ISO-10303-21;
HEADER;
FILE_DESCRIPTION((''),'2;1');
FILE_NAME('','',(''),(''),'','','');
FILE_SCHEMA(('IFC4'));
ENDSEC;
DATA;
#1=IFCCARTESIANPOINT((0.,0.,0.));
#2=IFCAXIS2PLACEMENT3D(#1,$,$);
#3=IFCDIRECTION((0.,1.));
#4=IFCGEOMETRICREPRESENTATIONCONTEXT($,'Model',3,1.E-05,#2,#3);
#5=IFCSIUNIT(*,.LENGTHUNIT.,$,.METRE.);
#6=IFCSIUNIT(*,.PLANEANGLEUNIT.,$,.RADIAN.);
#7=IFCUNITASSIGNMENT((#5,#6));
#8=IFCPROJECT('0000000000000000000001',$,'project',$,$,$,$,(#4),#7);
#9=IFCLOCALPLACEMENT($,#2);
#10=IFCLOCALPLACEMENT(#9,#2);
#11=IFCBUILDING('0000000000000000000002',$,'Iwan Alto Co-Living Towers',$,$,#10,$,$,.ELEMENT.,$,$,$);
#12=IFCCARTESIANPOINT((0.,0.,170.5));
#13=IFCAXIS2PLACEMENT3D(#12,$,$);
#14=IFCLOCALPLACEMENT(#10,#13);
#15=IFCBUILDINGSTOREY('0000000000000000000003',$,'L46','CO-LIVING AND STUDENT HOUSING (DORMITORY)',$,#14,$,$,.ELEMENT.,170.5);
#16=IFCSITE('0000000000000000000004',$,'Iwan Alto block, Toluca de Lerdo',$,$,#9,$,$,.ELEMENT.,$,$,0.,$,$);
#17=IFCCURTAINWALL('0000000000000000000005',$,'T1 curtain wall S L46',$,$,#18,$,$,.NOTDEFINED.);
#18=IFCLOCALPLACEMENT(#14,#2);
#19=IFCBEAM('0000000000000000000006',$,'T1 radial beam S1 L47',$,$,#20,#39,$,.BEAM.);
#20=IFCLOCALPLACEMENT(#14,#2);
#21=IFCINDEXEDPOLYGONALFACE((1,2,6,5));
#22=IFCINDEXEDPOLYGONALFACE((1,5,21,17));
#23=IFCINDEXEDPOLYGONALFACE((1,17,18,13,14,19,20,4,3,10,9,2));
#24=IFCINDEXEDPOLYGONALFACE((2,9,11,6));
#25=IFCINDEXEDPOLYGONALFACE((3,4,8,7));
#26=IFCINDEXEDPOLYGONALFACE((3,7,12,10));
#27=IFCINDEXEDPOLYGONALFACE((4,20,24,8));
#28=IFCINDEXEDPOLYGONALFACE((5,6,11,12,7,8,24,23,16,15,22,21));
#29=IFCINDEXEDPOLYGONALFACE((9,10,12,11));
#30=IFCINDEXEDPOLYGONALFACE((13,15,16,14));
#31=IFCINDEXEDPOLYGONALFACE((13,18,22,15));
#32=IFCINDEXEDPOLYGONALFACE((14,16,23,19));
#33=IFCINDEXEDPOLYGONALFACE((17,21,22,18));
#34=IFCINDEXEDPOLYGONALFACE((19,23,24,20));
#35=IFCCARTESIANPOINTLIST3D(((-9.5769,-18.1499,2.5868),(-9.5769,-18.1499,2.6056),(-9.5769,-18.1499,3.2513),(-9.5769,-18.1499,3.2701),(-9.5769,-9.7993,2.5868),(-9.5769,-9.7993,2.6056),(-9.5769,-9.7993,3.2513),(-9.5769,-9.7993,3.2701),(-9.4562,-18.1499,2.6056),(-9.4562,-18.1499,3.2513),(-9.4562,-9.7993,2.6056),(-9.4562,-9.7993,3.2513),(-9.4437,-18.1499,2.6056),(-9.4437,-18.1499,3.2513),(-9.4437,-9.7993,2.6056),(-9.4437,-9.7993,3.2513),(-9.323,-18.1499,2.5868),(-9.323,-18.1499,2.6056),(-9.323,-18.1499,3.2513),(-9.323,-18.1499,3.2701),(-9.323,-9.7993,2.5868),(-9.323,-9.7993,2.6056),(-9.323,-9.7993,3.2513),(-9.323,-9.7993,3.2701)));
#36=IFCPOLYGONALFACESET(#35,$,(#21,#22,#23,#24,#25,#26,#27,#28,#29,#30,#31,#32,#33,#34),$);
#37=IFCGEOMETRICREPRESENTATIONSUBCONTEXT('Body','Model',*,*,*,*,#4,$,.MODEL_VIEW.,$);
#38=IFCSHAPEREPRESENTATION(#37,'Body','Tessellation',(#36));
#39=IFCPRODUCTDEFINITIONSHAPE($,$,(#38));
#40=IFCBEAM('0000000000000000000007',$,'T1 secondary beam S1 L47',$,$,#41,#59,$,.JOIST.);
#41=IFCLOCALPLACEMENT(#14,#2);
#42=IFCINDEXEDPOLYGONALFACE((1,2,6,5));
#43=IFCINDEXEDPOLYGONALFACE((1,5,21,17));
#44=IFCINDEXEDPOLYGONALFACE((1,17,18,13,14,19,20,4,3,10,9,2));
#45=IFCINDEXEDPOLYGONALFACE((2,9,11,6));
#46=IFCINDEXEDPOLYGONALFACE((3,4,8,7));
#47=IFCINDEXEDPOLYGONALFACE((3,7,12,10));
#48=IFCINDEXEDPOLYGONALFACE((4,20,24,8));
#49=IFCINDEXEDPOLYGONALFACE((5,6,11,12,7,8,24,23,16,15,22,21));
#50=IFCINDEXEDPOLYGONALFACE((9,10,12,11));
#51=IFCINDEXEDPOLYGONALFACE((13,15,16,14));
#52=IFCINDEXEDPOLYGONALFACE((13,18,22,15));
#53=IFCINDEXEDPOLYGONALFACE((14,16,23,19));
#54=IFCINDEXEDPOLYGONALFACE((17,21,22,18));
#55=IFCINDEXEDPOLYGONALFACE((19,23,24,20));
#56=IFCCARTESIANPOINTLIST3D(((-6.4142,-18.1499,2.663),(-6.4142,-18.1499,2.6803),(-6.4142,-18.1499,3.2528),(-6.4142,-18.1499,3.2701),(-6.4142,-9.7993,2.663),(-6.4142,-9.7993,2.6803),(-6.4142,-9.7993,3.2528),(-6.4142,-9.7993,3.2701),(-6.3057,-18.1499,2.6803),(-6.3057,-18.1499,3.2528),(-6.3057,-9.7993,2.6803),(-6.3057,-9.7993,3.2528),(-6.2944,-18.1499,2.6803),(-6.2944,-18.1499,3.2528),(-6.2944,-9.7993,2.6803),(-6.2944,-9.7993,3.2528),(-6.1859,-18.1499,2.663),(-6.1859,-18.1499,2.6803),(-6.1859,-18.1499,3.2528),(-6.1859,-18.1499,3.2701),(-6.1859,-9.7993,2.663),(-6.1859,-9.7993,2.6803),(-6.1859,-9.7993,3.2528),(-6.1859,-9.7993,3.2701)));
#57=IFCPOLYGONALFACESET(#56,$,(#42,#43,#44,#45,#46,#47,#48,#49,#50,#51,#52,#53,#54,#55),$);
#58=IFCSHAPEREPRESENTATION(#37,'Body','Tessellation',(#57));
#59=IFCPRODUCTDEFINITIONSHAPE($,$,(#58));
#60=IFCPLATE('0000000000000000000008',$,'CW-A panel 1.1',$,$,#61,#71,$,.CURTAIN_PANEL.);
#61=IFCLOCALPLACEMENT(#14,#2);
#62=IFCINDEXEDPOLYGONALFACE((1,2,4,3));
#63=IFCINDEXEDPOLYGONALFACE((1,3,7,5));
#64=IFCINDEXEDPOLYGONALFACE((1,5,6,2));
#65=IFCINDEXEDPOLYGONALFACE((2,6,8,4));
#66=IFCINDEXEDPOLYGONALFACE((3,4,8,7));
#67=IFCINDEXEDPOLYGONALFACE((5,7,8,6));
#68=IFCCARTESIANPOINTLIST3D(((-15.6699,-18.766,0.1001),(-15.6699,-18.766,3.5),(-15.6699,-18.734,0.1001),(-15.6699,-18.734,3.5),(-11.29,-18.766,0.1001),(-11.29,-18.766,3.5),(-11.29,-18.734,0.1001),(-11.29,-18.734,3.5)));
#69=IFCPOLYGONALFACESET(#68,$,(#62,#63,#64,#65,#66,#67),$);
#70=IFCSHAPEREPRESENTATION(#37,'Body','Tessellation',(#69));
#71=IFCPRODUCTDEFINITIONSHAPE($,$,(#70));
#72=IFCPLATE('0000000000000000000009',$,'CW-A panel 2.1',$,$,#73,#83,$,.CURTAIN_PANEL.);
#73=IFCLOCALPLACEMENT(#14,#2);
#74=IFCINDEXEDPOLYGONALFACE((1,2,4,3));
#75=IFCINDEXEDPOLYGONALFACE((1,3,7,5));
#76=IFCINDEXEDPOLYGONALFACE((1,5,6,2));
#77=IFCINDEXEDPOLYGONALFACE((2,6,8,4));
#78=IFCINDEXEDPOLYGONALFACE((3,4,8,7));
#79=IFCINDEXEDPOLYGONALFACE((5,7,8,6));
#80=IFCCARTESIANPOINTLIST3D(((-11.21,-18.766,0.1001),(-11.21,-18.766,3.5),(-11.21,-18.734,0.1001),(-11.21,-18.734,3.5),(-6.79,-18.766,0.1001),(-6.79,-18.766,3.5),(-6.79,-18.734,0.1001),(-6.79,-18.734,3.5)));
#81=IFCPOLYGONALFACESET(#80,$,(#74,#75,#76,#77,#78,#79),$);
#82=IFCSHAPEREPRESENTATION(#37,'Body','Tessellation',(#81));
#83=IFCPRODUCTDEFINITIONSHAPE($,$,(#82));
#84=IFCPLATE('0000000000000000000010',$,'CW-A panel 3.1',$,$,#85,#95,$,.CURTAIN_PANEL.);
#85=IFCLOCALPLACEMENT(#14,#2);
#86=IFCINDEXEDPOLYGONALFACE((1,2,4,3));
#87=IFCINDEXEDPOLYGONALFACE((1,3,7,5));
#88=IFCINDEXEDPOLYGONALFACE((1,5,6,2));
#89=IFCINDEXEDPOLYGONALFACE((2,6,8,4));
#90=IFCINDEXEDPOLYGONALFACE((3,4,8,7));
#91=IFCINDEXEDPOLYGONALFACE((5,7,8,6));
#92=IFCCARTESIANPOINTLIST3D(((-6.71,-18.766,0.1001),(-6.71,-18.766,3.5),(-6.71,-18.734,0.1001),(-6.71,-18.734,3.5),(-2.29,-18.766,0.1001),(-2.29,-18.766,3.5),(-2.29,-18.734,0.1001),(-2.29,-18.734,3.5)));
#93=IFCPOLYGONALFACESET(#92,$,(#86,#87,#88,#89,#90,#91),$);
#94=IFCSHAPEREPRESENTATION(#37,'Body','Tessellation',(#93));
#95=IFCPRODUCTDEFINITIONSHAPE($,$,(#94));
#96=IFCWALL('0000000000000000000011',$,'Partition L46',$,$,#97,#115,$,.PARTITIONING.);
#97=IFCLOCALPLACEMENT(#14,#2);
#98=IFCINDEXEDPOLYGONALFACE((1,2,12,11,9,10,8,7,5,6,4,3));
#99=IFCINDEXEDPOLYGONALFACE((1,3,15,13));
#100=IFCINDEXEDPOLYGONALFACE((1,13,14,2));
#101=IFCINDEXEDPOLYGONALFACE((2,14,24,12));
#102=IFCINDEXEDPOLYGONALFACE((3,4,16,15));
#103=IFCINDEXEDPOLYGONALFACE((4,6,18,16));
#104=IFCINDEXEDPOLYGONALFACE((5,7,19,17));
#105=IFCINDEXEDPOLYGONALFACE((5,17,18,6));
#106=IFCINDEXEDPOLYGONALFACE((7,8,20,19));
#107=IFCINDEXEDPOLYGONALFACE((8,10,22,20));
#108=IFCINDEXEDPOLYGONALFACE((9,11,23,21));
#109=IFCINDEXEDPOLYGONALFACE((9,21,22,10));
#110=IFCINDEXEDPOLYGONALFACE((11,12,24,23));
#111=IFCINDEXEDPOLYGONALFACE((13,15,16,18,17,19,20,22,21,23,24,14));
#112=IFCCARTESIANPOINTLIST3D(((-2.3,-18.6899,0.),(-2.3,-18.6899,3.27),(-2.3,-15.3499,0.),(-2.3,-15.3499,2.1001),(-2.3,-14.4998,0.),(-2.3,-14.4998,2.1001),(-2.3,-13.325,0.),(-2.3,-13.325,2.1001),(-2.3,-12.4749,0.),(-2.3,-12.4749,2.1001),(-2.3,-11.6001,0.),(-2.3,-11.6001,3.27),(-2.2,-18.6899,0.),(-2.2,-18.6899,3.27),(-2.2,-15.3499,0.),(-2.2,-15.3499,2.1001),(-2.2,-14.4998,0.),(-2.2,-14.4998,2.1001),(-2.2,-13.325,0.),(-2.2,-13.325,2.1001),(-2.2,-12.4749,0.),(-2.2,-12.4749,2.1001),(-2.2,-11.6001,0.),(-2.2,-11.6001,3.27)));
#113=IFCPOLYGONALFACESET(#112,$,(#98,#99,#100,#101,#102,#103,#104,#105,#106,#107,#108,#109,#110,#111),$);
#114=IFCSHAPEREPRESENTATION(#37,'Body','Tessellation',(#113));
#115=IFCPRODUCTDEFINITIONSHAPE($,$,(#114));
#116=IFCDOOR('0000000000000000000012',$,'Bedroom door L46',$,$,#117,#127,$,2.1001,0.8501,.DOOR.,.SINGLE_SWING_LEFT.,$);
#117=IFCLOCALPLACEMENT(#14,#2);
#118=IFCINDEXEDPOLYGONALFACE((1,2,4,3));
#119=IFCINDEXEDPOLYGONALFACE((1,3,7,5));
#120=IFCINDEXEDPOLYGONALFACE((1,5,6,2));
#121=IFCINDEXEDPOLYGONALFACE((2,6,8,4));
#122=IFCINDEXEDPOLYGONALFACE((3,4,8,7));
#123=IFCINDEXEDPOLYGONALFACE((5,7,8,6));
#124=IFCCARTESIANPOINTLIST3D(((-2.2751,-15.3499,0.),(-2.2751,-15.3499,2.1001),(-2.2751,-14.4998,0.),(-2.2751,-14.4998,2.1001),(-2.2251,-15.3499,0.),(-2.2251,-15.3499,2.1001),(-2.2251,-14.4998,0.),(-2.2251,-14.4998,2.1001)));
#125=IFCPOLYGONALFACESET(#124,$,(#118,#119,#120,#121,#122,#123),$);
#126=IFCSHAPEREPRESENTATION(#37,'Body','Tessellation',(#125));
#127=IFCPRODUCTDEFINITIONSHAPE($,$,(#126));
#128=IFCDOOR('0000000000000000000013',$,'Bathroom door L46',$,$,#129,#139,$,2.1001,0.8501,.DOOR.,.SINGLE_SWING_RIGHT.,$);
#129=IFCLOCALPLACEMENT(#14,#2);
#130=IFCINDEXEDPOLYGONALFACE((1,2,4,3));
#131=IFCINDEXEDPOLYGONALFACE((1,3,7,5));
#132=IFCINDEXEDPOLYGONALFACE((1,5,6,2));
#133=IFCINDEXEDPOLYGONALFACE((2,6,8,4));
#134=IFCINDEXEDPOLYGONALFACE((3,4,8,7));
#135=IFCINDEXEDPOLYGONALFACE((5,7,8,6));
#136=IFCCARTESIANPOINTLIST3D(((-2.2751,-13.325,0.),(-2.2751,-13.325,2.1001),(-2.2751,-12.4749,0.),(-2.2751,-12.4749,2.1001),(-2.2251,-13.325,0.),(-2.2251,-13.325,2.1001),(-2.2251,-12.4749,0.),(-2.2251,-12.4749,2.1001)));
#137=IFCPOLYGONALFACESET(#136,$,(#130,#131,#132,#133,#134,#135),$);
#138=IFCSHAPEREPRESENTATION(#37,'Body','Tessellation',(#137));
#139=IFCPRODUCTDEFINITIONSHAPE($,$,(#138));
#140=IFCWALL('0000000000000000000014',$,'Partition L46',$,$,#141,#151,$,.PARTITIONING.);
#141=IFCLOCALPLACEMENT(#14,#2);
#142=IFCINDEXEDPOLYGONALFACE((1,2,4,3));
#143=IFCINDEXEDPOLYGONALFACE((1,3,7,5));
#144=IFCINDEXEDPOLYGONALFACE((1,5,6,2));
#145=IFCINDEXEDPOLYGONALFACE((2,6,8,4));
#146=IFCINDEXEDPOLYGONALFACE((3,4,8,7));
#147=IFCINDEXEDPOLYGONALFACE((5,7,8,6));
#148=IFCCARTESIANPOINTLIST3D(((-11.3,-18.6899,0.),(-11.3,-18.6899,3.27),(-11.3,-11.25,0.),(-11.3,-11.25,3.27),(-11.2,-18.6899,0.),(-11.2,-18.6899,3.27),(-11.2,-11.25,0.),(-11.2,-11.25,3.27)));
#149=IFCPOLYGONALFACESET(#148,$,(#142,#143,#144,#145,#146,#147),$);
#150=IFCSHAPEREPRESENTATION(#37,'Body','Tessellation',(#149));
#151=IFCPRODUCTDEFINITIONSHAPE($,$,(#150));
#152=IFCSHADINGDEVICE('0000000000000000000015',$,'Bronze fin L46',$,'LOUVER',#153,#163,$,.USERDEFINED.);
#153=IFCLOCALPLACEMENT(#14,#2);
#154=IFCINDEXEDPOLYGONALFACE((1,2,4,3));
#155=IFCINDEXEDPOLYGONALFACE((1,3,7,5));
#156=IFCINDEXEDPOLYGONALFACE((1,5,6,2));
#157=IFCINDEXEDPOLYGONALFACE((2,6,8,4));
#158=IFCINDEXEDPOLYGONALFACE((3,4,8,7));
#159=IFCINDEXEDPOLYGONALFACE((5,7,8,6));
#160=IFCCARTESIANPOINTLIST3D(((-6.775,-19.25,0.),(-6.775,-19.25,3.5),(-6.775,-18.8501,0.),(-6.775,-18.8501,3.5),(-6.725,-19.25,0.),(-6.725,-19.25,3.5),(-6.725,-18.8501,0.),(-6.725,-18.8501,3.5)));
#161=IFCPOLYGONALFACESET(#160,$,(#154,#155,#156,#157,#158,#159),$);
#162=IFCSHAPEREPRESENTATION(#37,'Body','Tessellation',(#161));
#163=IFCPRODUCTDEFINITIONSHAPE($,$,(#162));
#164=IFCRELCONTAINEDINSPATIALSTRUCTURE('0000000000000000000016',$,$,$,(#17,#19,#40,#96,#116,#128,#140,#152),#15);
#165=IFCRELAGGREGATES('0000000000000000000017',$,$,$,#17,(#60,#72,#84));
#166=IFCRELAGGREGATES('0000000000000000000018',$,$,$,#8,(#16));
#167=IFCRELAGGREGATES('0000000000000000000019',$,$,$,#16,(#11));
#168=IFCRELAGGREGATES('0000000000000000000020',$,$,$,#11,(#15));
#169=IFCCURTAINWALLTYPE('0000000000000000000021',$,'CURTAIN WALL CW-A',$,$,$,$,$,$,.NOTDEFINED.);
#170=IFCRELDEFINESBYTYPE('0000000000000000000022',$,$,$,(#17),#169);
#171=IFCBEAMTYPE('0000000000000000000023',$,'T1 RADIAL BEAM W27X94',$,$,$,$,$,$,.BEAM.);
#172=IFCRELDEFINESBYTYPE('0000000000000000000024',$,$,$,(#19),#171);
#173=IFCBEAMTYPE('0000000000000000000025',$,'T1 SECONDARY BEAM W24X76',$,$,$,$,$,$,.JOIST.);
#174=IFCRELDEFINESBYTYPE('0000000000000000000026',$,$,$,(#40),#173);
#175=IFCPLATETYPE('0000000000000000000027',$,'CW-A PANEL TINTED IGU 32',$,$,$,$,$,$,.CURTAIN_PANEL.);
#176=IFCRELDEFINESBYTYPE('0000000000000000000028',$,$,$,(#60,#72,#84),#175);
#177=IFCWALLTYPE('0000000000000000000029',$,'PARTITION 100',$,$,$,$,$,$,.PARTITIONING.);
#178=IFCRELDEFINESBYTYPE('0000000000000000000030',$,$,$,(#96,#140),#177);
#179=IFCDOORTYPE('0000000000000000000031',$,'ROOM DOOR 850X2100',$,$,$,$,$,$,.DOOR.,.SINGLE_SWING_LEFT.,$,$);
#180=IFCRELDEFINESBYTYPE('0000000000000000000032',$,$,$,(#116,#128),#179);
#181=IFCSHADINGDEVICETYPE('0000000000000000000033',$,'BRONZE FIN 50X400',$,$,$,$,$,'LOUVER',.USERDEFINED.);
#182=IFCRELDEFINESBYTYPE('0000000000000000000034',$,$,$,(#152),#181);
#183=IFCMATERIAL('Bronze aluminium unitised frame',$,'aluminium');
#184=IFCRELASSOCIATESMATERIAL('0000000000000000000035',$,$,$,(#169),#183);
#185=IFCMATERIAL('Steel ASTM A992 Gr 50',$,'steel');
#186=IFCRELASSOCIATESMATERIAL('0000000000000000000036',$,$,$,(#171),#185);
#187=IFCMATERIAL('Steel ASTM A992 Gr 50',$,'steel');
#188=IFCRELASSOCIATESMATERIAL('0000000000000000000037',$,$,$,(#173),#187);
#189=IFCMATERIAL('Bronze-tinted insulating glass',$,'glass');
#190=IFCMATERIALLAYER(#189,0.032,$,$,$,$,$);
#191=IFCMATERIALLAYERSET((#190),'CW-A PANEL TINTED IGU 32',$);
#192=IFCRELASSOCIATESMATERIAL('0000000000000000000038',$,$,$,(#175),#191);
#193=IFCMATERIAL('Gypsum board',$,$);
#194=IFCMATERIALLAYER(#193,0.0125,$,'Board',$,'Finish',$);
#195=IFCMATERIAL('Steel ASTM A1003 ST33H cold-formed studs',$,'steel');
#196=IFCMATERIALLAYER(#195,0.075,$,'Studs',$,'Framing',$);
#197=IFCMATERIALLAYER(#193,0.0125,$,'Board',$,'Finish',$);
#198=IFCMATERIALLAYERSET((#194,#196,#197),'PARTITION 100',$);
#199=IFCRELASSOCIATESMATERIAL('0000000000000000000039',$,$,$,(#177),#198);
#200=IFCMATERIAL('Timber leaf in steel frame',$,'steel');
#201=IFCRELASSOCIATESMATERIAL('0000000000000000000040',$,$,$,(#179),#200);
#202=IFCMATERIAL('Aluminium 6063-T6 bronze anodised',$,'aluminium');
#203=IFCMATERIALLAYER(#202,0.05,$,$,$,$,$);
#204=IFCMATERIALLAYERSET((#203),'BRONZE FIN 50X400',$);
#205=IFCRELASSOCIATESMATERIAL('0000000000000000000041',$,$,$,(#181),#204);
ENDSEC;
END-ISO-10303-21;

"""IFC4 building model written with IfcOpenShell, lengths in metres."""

from ifc_helpers import new_model, si_unit, direction, frame, frame_2d, origin, origin_2d, place, context, subcontext, project, spatial, rectangle, i_section, extrude, material, layer, layer_set, material_profile, profile_set, type_object, element, fill, aggregate, save


model = new_model("IFC4")

# Units and contexts
model_context = context("Model", 3, precision=1e-05, world=origin(), true_north=direction((0.0, 1.0)))
body_context = subcontext(model_context, "Body", "Model", "MODEL_VIEW")
ifc_project = project(units=[si_unit("LENGTHUNIT", "METRE"), si_unit("PLANEANGLEUNIT", "RADIAN")], contexts=[model_context])

# Site, building, storey
site_placement = place(None, origin())
site = spatial("IfcSite", under=ifc_project, at=site_placement, Name="Iwan Alto block, Toluca de Lerdo", CompositionType="ELEMENT", RefElevation=0.0)
building_placement = place(site_placement, origin())
building = spatial("IfcBuilding", under=site, at=building_placement, Name="Iwan Alto Co-Living Towers", CompositionType="ELEMENT")
storey_placement = place(building_placement, frame((0.0, 0.0, 170.5)))
storey = spatial("IfcBuildingStorey", under=building, at=storey_placement, Name="L46", Description="CO-LIVING AND STUDENT HOUSING (DORMITORY)", CompositionType="ELEMENT", Elevation=170.5)

# Curtain wall
ifc_material_1 = material(Name="Bronze aluminium unitised frame", Category="aluminium")
curtain_wall_type = type_object("IfcCurtainWallType", Name="CURTAIN WALL CW-A", PredefinedType="NOTDEFINED", material=ifc_material_1)
curtain_wall_placement = place(storey_placement, origin())
curtain_wall = element("IfcCurtainWall", 1, at=curtain_wall_placement, inside=storey, type_object=curtain_wall_type, Name="T1 curtain wall S L46", PredefinedType="NOTDEFINED")

# Beams
ifc_material_2 = material(Name="Steel ASTM A992 Gr 50", Category="steel")
ifc_material_profile_1 = material_profile(ifc_material_2, i_section(OverallWidth=0.2539, OverallDepth=0.6833, WebThickness=0.0125, FlangeThickness=0.0188, at=origin_2d()), Name="W27X94")
ifc_profile_set_1 = profile_set([ifc_material_profile_1], Name="Steel ASTM A992 Gr 50")
beam_type_1 = type_object("IfcBeamType", Name="T1 RADIAL BEAM W27X94", PredefinedType="BEAM", material=ifc_profile_set_1)
beam_1_placement = place(storey_placement, frame((-9.45, -18.1499, 2.9285), z_axis=(0.0, 1.0, 0.0), x_axis=(-1.0, 0.0, 0.0)))
element("IfcBeam", 2, at=beam_1_placement, inside=storey, type_object=beam_type_1, Name="T1 radial beam S1 L47", PredefinedType="BEAM", context=body_context, shape_type="SweptSolid", body=[
    extrude(i_section(OverallWidth=0.2539, OverallDepth=0.6833, WebThickness=0.0125, FlangeThickness=0.0188, at=origin_2d()), origin(), (0.0, 0.0, 1.0), 8.3506),
])
ifc_material_3 = material(Name="Steel ASTM A992 Gr 50", Category="steel")
ifc_material_profile_2 = material_profile(ifc_material_3, i_section(OverallWidth=0.2283, OverallDepth=0.6072, WebThickness=0.0112, FlangeThickness=0.0173, at=origin_2d()), Name="W24X76")
ifc_profile_set_2 = profile_set([ifc_material_profile_2], Name="Steel ASTM A992 Gr 50")
beam_type_2 = type_object("IfcBeamType", Name="T1 SECONDARY BEAM W24X76", PredefinedType="JOIST", material=ifc_profile_set_2)
beam_2_placement = place(storey_placement, frame((-6.3, -18.1499, 2.9666), z_axis=(0.0, 1.0, 0.0), x_axis=(-1.0, 0.0, 0.0)))
element("IfcBeam", 3, at=beam_2_placement, inside=storey, type_object=beam_type_2, Name="T1 secondary beam S1 L47", PredefinedType="JOIST", context=body_context, shape_type="SweptSolid", body=[
    extrude(i_section(OverallWidth=0.2283, OverallDepth=0.6072, WebThickness=0.0112, FlangeThickness=0.0173, at=origin_2d()), origin(), (0.0, 0.0, 1.0), 8.3506),
])

# Plates
ifc_material_4 = material(Name="Bronze-tinted insulating glass", Category="glass")
ifc_layer_1 = layer(ifc_material_4, 0.032)
ifc_layer_set_1 = layer_set([ifc_layer_1], Name="CW-A PANEL TINTED IGU 32")
plate_type = type_object("IfcPlateType", Name="CW-A PANEL TINTED IGU 32", PredefinedType="CURTAIN_PANEL", material=ifc_layer_set_1)
plate_1_placement = place(storey_placement, frame((-13.48, -18.75, 0.1001), z_axis=(0.0, 0.0, 1.0), x_axis=(1.0, 0.0, 0.0)))
plate_1 = element("IfcPlate", 4, at=plate_1_placement, type_object=plate_type, Name="CW-A panel 1.1", PredefinedType="CURTAIN_PANEL", context=body_context, shape_type="SweptSolid", body=[
    extrude(rectangle(XDim=4.3799, YDim=0.032, at=origin_2d()), origin(), (0.0, 0.0, 1.0), 3.3999),
])
plate_2_placement = place(storey_placement, frame((-9.0, -18.75, 0.1001), z_axis=(0.0, 0.0, 1.0), x_axis=(1.0, 0.0, 0.0)))
plate_2 = element("IfcPlate", 5, at=plate_2_placement, type_object=plate_type, Name="CW-A panel 2.1", PredefinedType="CURTAIN_PANEL", context=body_context, shape_type="SweptSolid", body=[
    extrude(rectangle(XDim=4.4199, YDim=0.032, at=origin_2d()), origin(), (0.0, 0.0, 1.0), 3.3999),
])
plate_3_placement = place(storey_placement, frame((-4.5, -18.75, 0.1001), z_axis=(0.0, 0.0, 1.0), x_axis=(1.0, 0.0, 0.0)))
plate_3 = element("IfcPlate", 6, at=plate_3_placement, type_object=plate_type, Name="CW-A panel 3.1", PredefinedType="CURTAIN_PANEL", context=body_context, shape_type="SweptSolid", body=[
    extrude(rectangle(XDim=4.4199, YDim=0.032, at=origin_2d()), origin(), (0.0, 0.0, 1.0), 3.3999),
])
aggregate(curtain_wall, [plate_1, plate_2, plate_3])

# Wall, openings, doors
ifc_material_5 = material(Name="Gypsum board")
ifc_layer_2 = layer(ifc_material_5, 0.0125, Name="Board", Category="Finish")
ifc_material_6 = material(Name="Steel ASTM A1003 ST33H cold-formed studs", Category="steel")
ifc_layer_3 = layer(ifc_material_6, 0.075, Name="Studs", Category="Framing")
ifc_layer_4 = layer(ifc_material_5, 0.0125, Name="Board", Category="Finish")
ifc_layer_set_2 = layer_set([ifc_layer_2, ifc_layer_3, ifc_layer_4], Name="PARTITION 100")
wall_type = type_object("IfcWallType", Name="PARTITION 100", PredefinedType="PARTITIONING", material=ifc_layer_set_2)
wall_1_placement = place(storey_placement, frame((-2.25, -18.6899, 0.0), z_axis=(0.0, 0.0, 1.0), x_axis=(0.0, 1.0, 0.0)))
wall_1 = element("IfcWall", 7, at=wall_1_placement, inside=storey, type_object=wall_type, Name="Partition L46", PredefinedType="PARTITIONING", context=body_context, shape_type="SweptSolid", body=[
    extrude(rectangle(XDim=7.0898, YDim=0.1001, at=frame_2d((3.5449, 0.0))), origin(), (0.0, 0.0, 1.0), 3.27),
])
opening_1_placement = place(wall_1_placement, frame((3.3401, 0.0, 0.0)))
opening_1 = element("IfcOpeningElement", 8, at=opening_1_placement, cuts=wall_1, PredefinedType="OPENING", context=body_context, shape_type="SweptSolid", body=[
    extrude(rectangle(XDim=0.8501, YDim=2.1001, at=frame_2d((0.425, 1.05))), frame((0.0, 0.0601, 0.0), z_axis=(0.0, -1.0, 0.0), x_axis=(1.0, 0.0, 0.0)), (0.0, 0.0, 1.0), 0.1201),
])
opening_2_placement = place(wall_1_placement, frame((5.365, 0.0, 0.0)))
opening_2 = element("IfcOpeningElement", 9, at=opening_2_placement, cuts=wall_1, PredefinedType="OPENING", context=body_context, shape_type="SweptSolid", body=[
    extrude(rectangle(XDim=0.8501, YDim=2.1001, at=frame_2d((0.425, 1.05))), frame((0.0, 0.0601, 0.0), z_axis=(0.0, -1.0, 0.0), x_axis=(1.0, 0.0, 0.0)), (0.0, 0.0, 1.0), 0.1201),
])
ifc_material_7 = material(Name="Timber leaf in steel frame", Category="steel")
door_type = type_object("IfcDoorType", Name="ROOM DOOR 850X2100", OperationType="SINGLE_SWING_LEFT", PredefinedType="DOOR", material=ifc_material_7)
door_1_placement = place(opening_1_placement, frame((0.8501, 0.0, 0.0), z_axis=(0.0, 0.0, 1.0), x_axis=(-1.0, 0.0, 0.0)))
door_1 = element("IfcDoor", 10, at=door_1_placement, inside=storey, type_object=door_type, Name="Bedroom door L46", OperationType="SINGLE_SWING_LEFT", OverallHeight=2.1001, OverallWidth=0.8501, PredefinedType="DOOR", context=body_context, shape_type="SweptSolid", body=[
    extrude(rectangle(XDim=0.8501, YDim=2.1001, at=frame_2d((0.425, 1.05))), frame((0.0, 0.0249, 0.0), z_axis=(0.0, -1.0, 0.0), x_axis=(1.0, 0.0, 0.0)), (0.0, 0.0, 1.0), 0.05),
])
fill(opening_1, door_1)
door_2_placement = place(opening_2_placement, frame((0.8501, 0.0, 0.0), z_axis=(0.0, 0.0, 1.0), x_axis=(-1.0, 0.0, 0.0)))
door_2 = element("IfcDoor", 11, at=door_2_placement, inside=storey, type_object=door_type, Name="Bathroom door L46", OperationType="SINGLE_SWING_RIGHT", OverallHeight=2.1001, OverallWidth=0.8501, PredefinedType="DOOR", context=body_context, shape_type="SweptSolid", body=[
    extrude(rectangle(XDim=0.8501, YDim=2.1001, at=frame_2d((0.425, 1.05))), frame((0.0, 0.0249, 0.0), z_axis=(0.0, -1.0, 0.0), x_axis=(1.0, 0.0, 0.0)), (0.0, 0.0, 1.0), 0.05),
])
fill(opening_2, door_2)

# Wall
wall_2_placement = place(storey_placement, frame((-11.25, -18.6899, 0.0), z_axis=(0.0, 0.0, 1.0), x_axis=(0.0, 1.0, 0.0)))
element("IfcWall", 12, at=wall_2_placement, inside=storey, type_object=wall_type, Name="Partition L46", PredefinedType="PARTITIONING", context=body_context, shape_type="SweptSolid", body=[
    extrude(rectangle(XDim=7.4399, YDim=0.1001, at=frame_2d((3.72, 0.0))), origin(), (0.0, 0.0, 1.0), 3.27),
])

# Shading device
ifc_material_8 = material(Name="Aluminium 6063-T6 bronze anodised", Category="aluminium")
ifc_layer_5 = layer(ifc_material_8, 0.05)
ifc_layer_set_3 = layer_set([ifc_layer_5], Name="BRONZE FIN 50X400")
shading_device_type = type_object("IfcShadingDeviceType", Name="BRONZE FIN 50X400", ElementType="LOUVER", PredefinedType="USERDEFINED", material=ifc_layer_set_3)
shading_device_placement = place(storey_placement, frame((-6.75, -19.05, 0.0), z_axis=(0.0, 0.0, 1.0), x_axis=(1.0, 0.0, 0.0)))
element("IfcShadingDevice", 13, at=shading_device_placement, inside=storey, type_object=shading_device_type, Name="Bronze fin L46", ObjectType="LOUVER", PredefinedType="USERDEFINED", context=body_context, shape_type="SweptSolid", body=[
    extrude(rectangle(XDim=0.05, YDim=0.3999, at=origin_2d()), origin(), (0.0, 0.0, 1.0), 3.5),
])

save(model, "model.ifc")
